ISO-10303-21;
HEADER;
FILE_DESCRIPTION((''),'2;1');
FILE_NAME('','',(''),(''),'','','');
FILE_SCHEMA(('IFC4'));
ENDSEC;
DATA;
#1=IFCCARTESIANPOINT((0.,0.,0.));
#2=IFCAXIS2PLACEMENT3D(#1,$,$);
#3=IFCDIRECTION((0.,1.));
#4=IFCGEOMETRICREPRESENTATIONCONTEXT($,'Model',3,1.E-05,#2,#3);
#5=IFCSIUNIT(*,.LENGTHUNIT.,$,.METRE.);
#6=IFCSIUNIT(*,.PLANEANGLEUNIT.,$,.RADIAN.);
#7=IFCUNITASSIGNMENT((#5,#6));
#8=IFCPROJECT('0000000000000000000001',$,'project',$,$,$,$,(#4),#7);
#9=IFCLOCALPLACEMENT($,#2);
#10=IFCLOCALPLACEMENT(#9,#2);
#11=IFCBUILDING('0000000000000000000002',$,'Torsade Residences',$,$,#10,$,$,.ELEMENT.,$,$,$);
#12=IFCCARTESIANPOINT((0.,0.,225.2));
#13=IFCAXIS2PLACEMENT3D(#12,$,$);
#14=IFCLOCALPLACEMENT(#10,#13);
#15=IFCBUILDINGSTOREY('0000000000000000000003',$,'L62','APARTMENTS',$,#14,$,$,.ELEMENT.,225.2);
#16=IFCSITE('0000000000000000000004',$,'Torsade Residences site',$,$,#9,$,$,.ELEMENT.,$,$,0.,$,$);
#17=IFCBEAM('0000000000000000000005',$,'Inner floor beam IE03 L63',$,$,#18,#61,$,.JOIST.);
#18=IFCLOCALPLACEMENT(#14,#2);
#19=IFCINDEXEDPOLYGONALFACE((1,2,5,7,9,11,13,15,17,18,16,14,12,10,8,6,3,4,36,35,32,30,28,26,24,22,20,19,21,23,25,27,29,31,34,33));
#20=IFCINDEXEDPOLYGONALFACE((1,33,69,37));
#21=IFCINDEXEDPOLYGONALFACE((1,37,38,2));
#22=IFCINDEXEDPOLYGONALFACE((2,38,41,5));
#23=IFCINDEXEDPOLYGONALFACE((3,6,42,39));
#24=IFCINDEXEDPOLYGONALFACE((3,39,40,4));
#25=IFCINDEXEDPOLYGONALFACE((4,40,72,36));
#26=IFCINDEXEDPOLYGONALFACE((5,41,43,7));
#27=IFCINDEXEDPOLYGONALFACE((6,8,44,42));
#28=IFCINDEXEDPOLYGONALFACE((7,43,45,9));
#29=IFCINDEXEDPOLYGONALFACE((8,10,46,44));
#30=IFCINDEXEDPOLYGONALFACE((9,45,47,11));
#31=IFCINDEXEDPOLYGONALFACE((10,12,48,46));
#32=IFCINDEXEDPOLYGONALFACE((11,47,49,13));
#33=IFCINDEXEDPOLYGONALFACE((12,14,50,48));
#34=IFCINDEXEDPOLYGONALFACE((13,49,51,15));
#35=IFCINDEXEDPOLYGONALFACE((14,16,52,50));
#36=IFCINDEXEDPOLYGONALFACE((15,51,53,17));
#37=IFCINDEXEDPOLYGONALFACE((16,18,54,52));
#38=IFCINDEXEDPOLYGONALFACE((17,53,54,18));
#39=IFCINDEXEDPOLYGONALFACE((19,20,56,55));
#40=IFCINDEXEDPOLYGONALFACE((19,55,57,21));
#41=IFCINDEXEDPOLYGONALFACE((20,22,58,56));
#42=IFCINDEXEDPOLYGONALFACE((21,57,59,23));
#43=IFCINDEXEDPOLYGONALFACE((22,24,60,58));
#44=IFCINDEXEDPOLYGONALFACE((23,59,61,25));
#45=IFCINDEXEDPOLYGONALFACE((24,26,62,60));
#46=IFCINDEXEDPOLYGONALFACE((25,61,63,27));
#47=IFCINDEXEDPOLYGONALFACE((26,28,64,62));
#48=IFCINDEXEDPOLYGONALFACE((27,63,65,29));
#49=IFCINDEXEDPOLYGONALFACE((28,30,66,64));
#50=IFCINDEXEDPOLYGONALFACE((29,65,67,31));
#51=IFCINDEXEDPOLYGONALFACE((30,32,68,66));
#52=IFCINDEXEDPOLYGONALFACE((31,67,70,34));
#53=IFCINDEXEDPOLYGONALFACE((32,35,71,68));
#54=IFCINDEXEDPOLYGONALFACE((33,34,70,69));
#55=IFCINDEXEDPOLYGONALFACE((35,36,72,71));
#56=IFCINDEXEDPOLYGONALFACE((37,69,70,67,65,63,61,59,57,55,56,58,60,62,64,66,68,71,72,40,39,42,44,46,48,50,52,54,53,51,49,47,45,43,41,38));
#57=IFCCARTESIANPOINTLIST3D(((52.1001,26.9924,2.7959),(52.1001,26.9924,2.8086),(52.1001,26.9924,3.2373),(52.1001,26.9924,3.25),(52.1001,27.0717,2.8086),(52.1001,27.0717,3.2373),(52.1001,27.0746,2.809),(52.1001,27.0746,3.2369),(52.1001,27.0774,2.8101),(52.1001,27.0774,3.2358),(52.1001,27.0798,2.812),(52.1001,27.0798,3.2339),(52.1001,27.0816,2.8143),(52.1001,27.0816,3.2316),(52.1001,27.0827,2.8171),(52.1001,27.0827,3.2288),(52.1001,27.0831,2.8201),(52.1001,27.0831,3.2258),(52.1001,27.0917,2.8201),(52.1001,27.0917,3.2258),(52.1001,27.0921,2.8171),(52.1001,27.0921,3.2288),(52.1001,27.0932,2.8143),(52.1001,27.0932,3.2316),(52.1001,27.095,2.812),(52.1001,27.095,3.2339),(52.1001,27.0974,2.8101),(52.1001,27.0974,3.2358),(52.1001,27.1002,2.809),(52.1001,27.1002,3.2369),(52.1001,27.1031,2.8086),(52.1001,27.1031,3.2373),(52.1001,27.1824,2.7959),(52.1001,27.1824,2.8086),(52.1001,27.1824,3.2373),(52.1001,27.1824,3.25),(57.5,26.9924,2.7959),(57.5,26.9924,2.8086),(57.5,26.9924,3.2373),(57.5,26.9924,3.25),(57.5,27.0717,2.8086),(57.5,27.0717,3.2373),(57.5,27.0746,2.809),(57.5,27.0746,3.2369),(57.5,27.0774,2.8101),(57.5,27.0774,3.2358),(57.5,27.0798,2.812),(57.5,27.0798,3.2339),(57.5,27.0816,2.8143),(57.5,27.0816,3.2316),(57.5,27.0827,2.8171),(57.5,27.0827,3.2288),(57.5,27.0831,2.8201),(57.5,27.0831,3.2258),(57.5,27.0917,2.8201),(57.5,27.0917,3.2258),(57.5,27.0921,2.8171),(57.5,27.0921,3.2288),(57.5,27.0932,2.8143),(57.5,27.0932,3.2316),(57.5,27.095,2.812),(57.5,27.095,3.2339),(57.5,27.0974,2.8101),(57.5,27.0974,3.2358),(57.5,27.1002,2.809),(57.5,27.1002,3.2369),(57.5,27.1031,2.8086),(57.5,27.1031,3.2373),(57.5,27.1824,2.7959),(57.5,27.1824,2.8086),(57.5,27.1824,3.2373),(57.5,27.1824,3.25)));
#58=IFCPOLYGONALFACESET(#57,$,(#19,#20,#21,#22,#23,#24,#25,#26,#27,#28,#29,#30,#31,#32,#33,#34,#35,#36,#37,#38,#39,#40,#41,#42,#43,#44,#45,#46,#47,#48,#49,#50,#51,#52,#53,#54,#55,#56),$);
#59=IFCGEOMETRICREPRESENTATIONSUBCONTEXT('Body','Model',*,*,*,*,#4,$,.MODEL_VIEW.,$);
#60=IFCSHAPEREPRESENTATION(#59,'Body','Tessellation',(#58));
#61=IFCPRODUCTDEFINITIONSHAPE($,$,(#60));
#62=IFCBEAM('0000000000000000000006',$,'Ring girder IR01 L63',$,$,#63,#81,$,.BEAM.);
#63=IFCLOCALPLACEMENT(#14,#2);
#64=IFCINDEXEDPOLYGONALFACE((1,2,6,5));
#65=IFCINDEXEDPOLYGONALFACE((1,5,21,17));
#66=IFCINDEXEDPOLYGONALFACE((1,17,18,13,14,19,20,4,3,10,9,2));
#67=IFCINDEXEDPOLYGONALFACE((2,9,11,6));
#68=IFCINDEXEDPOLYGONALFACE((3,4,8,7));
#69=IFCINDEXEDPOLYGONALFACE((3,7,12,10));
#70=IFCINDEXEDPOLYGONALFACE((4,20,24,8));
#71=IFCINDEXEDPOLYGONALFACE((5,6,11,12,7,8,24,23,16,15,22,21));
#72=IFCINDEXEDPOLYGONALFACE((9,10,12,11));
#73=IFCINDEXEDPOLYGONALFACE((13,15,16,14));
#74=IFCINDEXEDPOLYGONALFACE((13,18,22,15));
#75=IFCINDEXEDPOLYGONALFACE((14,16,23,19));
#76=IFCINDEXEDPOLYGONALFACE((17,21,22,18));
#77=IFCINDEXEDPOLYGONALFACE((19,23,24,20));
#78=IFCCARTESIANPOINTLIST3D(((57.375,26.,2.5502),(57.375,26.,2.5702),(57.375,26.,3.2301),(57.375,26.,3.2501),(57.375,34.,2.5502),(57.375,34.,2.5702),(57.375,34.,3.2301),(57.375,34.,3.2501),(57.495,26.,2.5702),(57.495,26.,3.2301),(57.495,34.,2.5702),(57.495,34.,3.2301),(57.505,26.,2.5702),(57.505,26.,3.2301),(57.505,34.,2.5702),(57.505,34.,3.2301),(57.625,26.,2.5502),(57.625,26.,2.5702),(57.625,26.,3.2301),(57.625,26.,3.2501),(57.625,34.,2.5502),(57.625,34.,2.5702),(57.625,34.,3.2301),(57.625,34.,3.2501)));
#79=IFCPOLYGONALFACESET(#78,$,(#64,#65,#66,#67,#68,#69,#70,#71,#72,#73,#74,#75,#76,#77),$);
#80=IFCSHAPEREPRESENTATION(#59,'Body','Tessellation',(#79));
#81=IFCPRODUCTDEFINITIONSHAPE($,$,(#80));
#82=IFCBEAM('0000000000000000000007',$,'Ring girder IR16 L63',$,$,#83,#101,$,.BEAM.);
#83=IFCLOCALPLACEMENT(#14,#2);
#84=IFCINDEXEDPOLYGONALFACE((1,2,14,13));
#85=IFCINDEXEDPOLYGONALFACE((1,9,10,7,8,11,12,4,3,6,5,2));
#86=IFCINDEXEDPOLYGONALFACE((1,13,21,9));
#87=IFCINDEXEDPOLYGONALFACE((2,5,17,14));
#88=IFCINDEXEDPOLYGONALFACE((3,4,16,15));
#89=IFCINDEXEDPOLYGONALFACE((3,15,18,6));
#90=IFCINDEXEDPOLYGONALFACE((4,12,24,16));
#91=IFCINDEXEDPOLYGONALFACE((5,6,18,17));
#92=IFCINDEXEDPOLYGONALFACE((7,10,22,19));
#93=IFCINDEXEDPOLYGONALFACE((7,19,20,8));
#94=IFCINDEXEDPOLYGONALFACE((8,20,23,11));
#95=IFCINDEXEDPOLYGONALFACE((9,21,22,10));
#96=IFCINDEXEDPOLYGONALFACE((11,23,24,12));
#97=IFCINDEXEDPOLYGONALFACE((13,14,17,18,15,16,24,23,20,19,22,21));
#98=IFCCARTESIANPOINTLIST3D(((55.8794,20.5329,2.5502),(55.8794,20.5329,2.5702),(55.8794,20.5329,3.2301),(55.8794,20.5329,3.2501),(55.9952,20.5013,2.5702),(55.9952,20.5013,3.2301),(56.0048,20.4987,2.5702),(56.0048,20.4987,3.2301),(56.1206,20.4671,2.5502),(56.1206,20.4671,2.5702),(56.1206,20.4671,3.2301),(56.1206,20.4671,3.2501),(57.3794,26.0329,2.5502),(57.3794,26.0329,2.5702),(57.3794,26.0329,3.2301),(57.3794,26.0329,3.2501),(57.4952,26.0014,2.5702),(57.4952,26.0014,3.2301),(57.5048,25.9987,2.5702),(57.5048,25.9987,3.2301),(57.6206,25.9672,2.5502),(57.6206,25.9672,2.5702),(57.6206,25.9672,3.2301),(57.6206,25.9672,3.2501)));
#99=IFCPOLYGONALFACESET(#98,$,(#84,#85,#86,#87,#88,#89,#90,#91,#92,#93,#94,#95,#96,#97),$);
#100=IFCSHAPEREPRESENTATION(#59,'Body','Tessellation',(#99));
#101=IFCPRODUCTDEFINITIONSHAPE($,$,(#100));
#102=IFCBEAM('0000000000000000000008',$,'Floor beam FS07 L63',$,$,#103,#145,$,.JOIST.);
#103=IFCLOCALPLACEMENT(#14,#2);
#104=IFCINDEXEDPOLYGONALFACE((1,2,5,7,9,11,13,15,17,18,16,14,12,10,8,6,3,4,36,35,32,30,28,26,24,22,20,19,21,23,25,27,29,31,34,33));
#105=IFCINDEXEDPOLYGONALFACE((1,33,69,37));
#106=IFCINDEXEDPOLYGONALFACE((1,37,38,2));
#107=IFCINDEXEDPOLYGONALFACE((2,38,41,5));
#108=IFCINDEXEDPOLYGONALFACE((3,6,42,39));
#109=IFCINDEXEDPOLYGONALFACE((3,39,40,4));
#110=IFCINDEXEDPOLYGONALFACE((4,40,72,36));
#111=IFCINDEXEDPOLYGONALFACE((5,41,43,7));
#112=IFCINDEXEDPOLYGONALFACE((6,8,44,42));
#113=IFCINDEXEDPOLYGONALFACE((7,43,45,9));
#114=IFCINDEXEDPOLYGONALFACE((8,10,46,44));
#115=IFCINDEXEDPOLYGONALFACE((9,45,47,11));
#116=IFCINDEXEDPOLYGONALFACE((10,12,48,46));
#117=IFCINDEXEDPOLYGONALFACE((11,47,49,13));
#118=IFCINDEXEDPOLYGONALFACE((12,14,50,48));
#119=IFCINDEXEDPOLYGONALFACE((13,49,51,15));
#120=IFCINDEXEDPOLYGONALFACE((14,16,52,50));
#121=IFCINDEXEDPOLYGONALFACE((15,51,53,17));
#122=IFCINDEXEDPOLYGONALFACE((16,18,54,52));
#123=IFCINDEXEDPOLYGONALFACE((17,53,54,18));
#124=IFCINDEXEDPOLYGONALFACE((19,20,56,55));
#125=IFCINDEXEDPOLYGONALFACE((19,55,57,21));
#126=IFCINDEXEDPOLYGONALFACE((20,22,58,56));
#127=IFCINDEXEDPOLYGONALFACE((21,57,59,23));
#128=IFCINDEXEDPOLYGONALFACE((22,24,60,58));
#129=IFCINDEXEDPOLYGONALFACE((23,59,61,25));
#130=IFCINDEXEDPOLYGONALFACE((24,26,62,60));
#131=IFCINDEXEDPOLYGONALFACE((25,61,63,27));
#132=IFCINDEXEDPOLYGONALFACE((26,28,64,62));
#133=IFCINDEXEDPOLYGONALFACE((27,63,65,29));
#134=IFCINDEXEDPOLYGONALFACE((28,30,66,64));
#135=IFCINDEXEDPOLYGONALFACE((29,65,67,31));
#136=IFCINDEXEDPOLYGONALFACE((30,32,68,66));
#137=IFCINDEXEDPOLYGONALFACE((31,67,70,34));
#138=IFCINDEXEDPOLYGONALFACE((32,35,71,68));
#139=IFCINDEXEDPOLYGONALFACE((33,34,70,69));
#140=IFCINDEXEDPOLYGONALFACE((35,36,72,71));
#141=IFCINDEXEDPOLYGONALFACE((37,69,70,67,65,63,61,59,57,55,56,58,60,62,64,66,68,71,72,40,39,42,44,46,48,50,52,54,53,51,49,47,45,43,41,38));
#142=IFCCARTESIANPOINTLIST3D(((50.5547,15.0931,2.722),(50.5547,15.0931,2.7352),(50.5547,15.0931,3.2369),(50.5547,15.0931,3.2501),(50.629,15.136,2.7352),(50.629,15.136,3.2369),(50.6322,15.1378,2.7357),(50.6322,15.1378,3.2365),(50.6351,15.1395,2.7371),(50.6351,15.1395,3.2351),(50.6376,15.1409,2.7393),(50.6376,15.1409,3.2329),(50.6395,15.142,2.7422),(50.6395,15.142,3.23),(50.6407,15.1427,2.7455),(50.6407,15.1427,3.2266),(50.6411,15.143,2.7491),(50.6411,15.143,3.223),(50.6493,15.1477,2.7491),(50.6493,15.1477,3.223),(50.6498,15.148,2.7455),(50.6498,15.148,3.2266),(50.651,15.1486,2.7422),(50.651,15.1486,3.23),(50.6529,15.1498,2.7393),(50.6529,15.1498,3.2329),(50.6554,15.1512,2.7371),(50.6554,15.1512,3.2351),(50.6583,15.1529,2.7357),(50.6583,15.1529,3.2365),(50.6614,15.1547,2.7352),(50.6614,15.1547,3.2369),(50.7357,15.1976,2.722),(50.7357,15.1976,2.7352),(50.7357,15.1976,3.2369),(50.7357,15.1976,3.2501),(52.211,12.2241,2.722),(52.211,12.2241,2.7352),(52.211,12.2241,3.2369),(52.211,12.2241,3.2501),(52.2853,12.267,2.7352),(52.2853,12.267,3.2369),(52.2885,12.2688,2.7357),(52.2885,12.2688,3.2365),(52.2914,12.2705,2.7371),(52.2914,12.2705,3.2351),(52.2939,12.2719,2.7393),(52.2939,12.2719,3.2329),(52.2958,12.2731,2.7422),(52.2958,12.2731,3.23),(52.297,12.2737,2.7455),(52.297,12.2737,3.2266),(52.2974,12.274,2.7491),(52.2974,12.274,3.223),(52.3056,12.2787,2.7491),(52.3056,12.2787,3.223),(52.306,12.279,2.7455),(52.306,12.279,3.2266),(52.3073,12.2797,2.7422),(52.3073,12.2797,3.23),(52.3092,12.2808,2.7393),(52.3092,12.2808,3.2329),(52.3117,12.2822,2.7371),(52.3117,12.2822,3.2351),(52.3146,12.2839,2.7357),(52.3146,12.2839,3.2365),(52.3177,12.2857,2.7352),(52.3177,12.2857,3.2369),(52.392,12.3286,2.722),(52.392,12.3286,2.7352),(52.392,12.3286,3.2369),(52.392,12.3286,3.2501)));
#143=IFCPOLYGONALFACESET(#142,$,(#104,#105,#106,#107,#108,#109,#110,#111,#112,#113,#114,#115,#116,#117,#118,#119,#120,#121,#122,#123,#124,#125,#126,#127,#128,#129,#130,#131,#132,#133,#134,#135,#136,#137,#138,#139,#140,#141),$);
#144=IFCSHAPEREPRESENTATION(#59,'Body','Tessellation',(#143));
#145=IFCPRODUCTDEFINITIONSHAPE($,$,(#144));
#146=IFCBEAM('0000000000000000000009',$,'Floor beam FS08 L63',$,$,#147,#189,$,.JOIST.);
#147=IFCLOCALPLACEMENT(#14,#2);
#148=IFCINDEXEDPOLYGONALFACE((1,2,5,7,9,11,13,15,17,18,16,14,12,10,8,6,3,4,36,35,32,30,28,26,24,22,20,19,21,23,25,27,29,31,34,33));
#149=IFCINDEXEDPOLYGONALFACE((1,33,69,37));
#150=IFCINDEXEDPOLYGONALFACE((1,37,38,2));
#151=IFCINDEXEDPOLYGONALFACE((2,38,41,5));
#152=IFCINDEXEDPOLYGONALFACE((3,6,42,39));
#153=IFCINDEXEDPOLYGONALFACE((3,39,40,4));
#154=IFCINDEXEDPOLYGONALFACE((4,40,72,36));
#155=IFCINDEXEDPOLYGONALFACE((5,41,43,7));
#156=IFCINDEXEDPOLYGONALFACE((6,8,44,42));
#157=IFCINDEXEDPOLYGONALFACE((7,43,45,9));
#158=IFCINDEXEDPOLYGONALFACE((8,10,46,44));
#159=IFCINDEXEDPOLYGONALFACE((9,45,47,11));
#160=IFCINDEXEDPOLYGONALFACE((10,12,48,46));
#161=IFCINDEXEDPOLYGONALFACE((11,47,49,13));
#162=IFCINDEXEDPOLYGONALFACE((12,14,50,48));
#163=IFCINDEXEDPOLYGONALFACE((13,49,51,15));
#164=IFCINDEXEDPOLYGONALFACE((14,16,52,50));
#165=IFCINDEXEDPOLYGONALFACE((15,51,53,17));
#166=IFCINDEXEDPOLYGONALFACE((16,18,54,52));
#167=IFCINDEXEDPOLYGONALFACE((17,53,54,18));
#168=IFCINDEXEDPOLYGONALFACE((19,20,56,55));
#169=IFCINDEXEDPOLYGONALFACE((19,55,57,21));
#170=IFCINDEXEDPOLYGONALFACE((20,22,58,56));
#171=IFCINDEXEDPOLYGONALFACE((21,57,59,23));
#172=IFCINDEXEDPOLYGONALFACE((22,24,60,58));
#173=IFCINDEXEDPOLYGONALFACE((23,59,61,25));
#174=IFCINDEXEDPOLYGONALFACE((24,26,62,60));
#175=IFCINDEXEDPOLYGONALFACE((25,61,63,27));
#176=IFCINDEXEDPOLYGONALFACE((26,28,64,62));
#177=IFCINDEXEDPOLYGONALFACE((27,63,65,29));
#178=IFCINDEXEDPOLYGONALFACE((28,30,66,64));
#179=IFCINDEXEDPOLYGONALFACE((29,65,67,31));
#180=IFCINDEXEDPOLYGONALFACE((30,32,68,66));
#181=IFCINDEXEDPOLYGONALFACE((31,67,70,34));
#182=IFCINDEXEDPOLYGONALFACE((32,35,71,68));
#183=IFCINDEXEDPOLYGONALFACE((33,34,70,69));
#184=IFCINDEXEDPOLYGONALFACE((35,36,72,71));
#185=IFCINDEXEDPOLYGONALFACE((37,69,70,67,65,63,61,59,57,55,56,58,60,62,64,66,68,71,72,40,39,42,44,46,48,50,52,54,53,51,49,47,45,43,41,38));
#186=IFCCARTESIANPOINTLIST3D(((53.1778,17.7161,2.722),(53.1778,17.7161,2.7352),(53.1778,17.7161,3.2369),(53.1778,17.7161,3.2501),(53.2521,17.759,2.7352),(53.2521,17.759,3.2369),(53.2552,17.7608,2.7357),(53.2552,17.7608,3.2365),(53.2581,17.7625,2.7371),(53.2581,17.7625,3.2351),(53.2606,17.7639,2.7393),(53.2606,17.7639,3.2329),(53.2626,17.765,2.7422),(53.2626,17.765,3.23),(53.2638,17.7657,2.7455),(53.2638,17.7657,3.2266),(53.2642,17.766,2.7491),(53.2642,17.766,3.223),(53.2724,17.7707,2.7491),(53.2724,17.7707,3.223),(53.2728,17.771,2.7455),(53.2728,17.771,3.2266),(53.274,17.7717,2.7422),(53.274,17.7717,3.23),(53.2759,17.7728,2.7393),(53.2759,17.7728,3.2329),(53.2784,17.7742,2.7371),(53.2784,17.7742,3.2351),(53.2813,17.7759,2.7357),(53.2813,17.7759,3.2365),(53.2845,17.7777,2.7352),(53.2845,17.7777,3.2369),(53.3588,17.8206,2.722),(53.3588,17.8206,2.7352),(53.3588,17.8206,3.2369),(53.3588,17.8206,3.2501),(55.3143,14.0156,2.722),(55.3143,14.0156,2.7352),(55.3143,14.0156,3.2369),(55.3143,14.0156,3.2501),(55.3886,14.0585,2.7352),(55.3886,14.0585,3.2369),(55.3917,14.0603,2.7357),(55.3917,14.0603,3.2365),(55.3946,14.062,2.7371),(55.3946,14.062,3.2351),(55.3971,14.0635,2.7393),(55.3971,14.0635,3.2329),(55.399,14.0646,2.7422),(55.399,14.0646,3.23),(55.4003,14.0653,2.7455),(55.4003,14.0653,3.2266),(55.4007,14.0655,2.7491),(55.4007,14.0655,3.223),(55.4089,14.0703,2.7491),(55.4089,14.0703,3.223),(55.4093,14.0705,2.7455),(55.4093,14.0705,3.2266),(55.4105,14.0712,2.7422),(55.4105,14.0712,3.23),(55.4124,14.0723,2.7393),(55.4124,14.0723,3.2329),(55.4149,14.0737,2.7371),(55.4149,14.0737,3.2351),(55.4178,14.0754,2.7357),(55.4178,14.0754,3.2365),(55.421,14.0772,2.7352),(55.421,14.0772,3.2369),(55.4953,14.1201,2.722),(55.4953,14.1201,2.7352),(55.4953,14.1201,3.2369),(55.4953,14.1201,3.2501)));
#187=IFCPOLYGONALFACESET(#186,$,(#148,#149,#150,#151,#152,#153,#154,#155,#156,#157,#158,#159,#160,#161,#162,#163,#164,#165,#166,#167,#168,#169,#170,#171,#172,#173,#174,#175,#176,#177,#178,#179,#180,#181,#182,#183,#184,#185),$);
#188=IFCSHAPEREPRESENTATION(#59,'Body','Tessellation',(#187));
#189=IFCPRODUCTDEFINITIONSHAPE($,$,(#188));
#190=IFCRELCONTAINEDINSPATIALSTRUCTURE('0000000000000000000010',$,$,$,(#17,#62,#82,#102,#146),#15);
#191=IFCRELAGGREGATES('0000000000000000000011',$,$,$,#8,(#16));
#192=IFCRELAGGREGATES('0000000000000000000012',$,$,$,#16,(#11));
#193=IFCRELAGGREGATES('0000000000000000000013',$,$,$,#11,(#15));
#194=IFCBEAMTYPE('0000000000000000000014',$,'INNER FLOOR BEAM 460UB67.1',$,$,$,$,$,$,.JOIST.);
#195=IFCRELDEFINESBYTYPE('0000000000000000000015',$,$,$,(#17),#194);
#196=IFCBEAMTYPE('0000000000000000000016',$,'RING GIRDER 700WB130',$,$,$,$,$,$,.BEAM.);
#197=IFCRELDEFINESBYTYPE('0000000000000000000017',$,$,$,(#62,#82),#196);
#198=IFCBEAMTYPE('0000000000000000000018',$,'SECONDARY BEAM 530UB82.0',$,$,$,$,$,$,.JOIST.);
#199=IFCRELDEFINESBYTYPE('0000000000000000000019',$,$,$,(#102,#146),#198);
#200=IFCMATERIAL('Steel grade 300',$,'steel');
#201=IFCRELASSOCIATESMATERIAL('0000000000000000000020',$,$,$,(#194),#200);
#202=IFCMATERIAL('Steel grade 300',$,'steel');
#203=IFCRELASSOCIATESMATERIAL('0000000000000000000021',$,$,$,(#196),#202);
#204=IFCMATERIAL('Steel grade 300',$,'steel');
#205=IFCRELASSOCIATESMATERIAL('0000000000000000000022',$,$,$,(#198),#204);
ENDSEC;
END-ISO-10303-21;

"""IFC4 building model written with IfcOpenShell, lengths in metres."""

from ifc_helpers import new_model, si_unit, direction, frame, origin, origin_2d, place, context, subcontext, project, spatial, i_section, extrude, material, material_profile, profile_set, type_object, element, save


model = new_model("IFC4")

# Units and contexts
model_context = context("Model", 3, precision=1e-05, world=origin(), true_north=direction((0.0, 1.0)))
body_context = subcontext(model_context, "Body", "Model", "MODEL_VIEW")
ifc_project = project(units=[si_unit("LENGTHUNIT", "METRE"), si_unit("PLANEANGLEUNIT", "RADIAN")], contexts=[model_context])

# Site, building, storey
site_placement = place(None, origin())
site = spatial("IfcSite", under=ifc_project, at=site_placement, Name="Torsade Residences site", CompositionType="ELEMENT", RefElevation=0.0)
building_placement = place(site_placement, origin())
building = spatial("IfcBuilding", under=site, at=building_placement, Name="Torsade Residences", CompositionType="ELEMENT")
storey_placement = place(building_placement, frame((0.0, 0.0, 225.2)))
storey = spatial("IfcBuildingStorey", under=building, at=storey_placement, Name="L62", Description="APARTMENTS", CompositionType="ELEMENT", Elevation=225.2)

# Beams
ifc_material_1 = material(Name="Steel grade 300", Category="steel")
ifc_material_profile_1 = material_profile(ifc_material_1, i_section(OverallWidth=0.1899, OverallDepth=0.4541, WebThickness=0.0085, FlangeThickness=0.0127, FilletRadius=0.0115, at=origin_2d()), Name="460UB67.1")
ifc_profile_set_1 = profile_set([ifc_material_profile_1], Name="Steel grade 300")
beam_type_1 = type_object("IfcBeamType", Name="INNER FLOOR BEAM 460UB67.1", PredefinedType="JOIST", material=ifc_profile_set_1)
beam_1_placement = place(storey_placement, frame((52.1001, 27.0874, 3.0229), z_axis=(1.0, 0.0, 0.0), x_axis=(0.0, 1.0, 0.0)))
element("IfcBeam", 1, at=beam_1_placement, inside=storey, type_object=beam_type_1, Name="Inner floor beam IE03 L63", PredefinedType="JOIST", context=body_context, shape_type="SweptSolid", body=[
    extrude(i_section(OverallWidth=0.1899, OverallDepth=0.4541, WebThickness=0.0085, FlangeThickness=0.0127, FilletRadius=0.0115, at=origin_2d()), origin(), (0.0, 0.0, 1.0), 5.3999),
])
ifc_material_2 = material(Name="Steel grade 300", Category="steel")
ifc_material_profile_2 = material_profile(ifc_material_2, i_section(OverallWidth=0.25, OverallDepth=0.7, WebThickness=0.01, FlangeThickness=0.02, at=origin_2d()), Name="700WB130")
ifc_profile_set_2 = profile_set([ifc_material_profile_2], Name="Steel grade 300")
beam_type_2 = type_object("IfcBeamType", Name="RING GIRDER 700WB130", PredefinedType="BEAM", material=ifc_profile_set_2)
beam_2_placement = place(storey_placement, frame((57.5, 26.0, 2.9001), z_axis=(0.0, 1.0, 0.0), x_axis=(-1.0, 0.0, 0.0)))
element("IfcBeam", 2, at=beam_2_placement, inside=storey, type_object=beam_type_2, Name="Ring girder IR01 L63", PredefinedType="BEAM", context=body_context, shape_type="SweptSolid", body=[
    extrude(i_section(OverallWidth=0.25, OverallDepth=0.7, WebThickness=0.01, FlangeThickness=0.02, at=origin_2d()), origin(), (0.0, 0.0, 1.0), 8.0),
])
beam_3_placement = place(storey_placement, frame((56.0, 20.5, 2.9001), z_axis=(0.263117, 0.964764, 0.0), x_axis=(-0.964764, 0.263117, 0.0)))
element("IfcBeam", 3, at=beam_3_placement, inside=storey, type_object=beam_type_2, Name="Ring girder IR16 L63", PredefinedType="BEAM", context=body_context, shape_type="SweptSolid", body=[
    extrude(i_section(OverallWidth=0.25, OverallDepth=0.7, WebThickness=0.01, FlangeThickness=0.02, at=origin_2d()), origin(), (0.0, 0.0, 1.0), 5.7009),
])
ifc_material_3 = material(Name="Steel grade 300", Category="steel")
ifc_material_profile_3 = material_profile(ifc_material_3, i_section(OverallWidth=0.209, OverallDepth=0.5281, WebThickness=0.0095, FlangeThickness=0.0132, FilletRadius=0.0139, at=origin_2d()), Name="530UB82.0")
ifc_profile_set_3 = profile_set([ifc_material_profile_3], Name="Steel grade 300")
beam_type_3 = type_object("IfcBeamType", Name="SECONDARY BEAM 530UB82.0", PredefinedType="JOIST", material=ifc_profile_set_3)
beam_4_placement = place(storey_placement, frame((52.3015, 12.2764, 2.9861), z_axis=(-0.499976, 0.86604, 0.0), x_axis=(-0.86604, -0.499976, 0.0)))
element("IfcBeam", 4, at=beam_4_placement, inside=storey, type_object=beam_type_3, Name="Floor beam FS07 L63", PredefinedType="JOIST", context=body_context, shape_type="SweptSolid", body=[
    extrude(i_section(OverallWidth=0.209, OverallDepth=0.5281, WebThickness=0.0095, FlangeThickness=0.0132, FilletRadius=0.0139, at=origin_2d()), origin(), (0.0, 0.0, 1.0), 3.3127),
])
beam_5_placement = place(storey_placement, frame((55.4048, 14.0679, 2.9861), z_axis=(-0.500004, 0.866023, 0.0), x_axis=(-0.866023, -0.500004, 0.0)))
element("IfcBeam", 5, at=beam_5_placement, inside=storey, type_object=beam_type_3, Name="Floor beam FS08 L63", PredefinedType="JOIST", context=body_context, shape_type="SweptSolid", body=[
    extrude(i_section(OverallWidth=0.209, OverallDepth=0.5281, WebThickness=0.0095, FlangeThickness=0.0132, FilletRadius=0.0139, at=origin_2d()), origin(), (0.0, 0.0, 1.0), 4.2729),
])

save(model, "model.ifc")
